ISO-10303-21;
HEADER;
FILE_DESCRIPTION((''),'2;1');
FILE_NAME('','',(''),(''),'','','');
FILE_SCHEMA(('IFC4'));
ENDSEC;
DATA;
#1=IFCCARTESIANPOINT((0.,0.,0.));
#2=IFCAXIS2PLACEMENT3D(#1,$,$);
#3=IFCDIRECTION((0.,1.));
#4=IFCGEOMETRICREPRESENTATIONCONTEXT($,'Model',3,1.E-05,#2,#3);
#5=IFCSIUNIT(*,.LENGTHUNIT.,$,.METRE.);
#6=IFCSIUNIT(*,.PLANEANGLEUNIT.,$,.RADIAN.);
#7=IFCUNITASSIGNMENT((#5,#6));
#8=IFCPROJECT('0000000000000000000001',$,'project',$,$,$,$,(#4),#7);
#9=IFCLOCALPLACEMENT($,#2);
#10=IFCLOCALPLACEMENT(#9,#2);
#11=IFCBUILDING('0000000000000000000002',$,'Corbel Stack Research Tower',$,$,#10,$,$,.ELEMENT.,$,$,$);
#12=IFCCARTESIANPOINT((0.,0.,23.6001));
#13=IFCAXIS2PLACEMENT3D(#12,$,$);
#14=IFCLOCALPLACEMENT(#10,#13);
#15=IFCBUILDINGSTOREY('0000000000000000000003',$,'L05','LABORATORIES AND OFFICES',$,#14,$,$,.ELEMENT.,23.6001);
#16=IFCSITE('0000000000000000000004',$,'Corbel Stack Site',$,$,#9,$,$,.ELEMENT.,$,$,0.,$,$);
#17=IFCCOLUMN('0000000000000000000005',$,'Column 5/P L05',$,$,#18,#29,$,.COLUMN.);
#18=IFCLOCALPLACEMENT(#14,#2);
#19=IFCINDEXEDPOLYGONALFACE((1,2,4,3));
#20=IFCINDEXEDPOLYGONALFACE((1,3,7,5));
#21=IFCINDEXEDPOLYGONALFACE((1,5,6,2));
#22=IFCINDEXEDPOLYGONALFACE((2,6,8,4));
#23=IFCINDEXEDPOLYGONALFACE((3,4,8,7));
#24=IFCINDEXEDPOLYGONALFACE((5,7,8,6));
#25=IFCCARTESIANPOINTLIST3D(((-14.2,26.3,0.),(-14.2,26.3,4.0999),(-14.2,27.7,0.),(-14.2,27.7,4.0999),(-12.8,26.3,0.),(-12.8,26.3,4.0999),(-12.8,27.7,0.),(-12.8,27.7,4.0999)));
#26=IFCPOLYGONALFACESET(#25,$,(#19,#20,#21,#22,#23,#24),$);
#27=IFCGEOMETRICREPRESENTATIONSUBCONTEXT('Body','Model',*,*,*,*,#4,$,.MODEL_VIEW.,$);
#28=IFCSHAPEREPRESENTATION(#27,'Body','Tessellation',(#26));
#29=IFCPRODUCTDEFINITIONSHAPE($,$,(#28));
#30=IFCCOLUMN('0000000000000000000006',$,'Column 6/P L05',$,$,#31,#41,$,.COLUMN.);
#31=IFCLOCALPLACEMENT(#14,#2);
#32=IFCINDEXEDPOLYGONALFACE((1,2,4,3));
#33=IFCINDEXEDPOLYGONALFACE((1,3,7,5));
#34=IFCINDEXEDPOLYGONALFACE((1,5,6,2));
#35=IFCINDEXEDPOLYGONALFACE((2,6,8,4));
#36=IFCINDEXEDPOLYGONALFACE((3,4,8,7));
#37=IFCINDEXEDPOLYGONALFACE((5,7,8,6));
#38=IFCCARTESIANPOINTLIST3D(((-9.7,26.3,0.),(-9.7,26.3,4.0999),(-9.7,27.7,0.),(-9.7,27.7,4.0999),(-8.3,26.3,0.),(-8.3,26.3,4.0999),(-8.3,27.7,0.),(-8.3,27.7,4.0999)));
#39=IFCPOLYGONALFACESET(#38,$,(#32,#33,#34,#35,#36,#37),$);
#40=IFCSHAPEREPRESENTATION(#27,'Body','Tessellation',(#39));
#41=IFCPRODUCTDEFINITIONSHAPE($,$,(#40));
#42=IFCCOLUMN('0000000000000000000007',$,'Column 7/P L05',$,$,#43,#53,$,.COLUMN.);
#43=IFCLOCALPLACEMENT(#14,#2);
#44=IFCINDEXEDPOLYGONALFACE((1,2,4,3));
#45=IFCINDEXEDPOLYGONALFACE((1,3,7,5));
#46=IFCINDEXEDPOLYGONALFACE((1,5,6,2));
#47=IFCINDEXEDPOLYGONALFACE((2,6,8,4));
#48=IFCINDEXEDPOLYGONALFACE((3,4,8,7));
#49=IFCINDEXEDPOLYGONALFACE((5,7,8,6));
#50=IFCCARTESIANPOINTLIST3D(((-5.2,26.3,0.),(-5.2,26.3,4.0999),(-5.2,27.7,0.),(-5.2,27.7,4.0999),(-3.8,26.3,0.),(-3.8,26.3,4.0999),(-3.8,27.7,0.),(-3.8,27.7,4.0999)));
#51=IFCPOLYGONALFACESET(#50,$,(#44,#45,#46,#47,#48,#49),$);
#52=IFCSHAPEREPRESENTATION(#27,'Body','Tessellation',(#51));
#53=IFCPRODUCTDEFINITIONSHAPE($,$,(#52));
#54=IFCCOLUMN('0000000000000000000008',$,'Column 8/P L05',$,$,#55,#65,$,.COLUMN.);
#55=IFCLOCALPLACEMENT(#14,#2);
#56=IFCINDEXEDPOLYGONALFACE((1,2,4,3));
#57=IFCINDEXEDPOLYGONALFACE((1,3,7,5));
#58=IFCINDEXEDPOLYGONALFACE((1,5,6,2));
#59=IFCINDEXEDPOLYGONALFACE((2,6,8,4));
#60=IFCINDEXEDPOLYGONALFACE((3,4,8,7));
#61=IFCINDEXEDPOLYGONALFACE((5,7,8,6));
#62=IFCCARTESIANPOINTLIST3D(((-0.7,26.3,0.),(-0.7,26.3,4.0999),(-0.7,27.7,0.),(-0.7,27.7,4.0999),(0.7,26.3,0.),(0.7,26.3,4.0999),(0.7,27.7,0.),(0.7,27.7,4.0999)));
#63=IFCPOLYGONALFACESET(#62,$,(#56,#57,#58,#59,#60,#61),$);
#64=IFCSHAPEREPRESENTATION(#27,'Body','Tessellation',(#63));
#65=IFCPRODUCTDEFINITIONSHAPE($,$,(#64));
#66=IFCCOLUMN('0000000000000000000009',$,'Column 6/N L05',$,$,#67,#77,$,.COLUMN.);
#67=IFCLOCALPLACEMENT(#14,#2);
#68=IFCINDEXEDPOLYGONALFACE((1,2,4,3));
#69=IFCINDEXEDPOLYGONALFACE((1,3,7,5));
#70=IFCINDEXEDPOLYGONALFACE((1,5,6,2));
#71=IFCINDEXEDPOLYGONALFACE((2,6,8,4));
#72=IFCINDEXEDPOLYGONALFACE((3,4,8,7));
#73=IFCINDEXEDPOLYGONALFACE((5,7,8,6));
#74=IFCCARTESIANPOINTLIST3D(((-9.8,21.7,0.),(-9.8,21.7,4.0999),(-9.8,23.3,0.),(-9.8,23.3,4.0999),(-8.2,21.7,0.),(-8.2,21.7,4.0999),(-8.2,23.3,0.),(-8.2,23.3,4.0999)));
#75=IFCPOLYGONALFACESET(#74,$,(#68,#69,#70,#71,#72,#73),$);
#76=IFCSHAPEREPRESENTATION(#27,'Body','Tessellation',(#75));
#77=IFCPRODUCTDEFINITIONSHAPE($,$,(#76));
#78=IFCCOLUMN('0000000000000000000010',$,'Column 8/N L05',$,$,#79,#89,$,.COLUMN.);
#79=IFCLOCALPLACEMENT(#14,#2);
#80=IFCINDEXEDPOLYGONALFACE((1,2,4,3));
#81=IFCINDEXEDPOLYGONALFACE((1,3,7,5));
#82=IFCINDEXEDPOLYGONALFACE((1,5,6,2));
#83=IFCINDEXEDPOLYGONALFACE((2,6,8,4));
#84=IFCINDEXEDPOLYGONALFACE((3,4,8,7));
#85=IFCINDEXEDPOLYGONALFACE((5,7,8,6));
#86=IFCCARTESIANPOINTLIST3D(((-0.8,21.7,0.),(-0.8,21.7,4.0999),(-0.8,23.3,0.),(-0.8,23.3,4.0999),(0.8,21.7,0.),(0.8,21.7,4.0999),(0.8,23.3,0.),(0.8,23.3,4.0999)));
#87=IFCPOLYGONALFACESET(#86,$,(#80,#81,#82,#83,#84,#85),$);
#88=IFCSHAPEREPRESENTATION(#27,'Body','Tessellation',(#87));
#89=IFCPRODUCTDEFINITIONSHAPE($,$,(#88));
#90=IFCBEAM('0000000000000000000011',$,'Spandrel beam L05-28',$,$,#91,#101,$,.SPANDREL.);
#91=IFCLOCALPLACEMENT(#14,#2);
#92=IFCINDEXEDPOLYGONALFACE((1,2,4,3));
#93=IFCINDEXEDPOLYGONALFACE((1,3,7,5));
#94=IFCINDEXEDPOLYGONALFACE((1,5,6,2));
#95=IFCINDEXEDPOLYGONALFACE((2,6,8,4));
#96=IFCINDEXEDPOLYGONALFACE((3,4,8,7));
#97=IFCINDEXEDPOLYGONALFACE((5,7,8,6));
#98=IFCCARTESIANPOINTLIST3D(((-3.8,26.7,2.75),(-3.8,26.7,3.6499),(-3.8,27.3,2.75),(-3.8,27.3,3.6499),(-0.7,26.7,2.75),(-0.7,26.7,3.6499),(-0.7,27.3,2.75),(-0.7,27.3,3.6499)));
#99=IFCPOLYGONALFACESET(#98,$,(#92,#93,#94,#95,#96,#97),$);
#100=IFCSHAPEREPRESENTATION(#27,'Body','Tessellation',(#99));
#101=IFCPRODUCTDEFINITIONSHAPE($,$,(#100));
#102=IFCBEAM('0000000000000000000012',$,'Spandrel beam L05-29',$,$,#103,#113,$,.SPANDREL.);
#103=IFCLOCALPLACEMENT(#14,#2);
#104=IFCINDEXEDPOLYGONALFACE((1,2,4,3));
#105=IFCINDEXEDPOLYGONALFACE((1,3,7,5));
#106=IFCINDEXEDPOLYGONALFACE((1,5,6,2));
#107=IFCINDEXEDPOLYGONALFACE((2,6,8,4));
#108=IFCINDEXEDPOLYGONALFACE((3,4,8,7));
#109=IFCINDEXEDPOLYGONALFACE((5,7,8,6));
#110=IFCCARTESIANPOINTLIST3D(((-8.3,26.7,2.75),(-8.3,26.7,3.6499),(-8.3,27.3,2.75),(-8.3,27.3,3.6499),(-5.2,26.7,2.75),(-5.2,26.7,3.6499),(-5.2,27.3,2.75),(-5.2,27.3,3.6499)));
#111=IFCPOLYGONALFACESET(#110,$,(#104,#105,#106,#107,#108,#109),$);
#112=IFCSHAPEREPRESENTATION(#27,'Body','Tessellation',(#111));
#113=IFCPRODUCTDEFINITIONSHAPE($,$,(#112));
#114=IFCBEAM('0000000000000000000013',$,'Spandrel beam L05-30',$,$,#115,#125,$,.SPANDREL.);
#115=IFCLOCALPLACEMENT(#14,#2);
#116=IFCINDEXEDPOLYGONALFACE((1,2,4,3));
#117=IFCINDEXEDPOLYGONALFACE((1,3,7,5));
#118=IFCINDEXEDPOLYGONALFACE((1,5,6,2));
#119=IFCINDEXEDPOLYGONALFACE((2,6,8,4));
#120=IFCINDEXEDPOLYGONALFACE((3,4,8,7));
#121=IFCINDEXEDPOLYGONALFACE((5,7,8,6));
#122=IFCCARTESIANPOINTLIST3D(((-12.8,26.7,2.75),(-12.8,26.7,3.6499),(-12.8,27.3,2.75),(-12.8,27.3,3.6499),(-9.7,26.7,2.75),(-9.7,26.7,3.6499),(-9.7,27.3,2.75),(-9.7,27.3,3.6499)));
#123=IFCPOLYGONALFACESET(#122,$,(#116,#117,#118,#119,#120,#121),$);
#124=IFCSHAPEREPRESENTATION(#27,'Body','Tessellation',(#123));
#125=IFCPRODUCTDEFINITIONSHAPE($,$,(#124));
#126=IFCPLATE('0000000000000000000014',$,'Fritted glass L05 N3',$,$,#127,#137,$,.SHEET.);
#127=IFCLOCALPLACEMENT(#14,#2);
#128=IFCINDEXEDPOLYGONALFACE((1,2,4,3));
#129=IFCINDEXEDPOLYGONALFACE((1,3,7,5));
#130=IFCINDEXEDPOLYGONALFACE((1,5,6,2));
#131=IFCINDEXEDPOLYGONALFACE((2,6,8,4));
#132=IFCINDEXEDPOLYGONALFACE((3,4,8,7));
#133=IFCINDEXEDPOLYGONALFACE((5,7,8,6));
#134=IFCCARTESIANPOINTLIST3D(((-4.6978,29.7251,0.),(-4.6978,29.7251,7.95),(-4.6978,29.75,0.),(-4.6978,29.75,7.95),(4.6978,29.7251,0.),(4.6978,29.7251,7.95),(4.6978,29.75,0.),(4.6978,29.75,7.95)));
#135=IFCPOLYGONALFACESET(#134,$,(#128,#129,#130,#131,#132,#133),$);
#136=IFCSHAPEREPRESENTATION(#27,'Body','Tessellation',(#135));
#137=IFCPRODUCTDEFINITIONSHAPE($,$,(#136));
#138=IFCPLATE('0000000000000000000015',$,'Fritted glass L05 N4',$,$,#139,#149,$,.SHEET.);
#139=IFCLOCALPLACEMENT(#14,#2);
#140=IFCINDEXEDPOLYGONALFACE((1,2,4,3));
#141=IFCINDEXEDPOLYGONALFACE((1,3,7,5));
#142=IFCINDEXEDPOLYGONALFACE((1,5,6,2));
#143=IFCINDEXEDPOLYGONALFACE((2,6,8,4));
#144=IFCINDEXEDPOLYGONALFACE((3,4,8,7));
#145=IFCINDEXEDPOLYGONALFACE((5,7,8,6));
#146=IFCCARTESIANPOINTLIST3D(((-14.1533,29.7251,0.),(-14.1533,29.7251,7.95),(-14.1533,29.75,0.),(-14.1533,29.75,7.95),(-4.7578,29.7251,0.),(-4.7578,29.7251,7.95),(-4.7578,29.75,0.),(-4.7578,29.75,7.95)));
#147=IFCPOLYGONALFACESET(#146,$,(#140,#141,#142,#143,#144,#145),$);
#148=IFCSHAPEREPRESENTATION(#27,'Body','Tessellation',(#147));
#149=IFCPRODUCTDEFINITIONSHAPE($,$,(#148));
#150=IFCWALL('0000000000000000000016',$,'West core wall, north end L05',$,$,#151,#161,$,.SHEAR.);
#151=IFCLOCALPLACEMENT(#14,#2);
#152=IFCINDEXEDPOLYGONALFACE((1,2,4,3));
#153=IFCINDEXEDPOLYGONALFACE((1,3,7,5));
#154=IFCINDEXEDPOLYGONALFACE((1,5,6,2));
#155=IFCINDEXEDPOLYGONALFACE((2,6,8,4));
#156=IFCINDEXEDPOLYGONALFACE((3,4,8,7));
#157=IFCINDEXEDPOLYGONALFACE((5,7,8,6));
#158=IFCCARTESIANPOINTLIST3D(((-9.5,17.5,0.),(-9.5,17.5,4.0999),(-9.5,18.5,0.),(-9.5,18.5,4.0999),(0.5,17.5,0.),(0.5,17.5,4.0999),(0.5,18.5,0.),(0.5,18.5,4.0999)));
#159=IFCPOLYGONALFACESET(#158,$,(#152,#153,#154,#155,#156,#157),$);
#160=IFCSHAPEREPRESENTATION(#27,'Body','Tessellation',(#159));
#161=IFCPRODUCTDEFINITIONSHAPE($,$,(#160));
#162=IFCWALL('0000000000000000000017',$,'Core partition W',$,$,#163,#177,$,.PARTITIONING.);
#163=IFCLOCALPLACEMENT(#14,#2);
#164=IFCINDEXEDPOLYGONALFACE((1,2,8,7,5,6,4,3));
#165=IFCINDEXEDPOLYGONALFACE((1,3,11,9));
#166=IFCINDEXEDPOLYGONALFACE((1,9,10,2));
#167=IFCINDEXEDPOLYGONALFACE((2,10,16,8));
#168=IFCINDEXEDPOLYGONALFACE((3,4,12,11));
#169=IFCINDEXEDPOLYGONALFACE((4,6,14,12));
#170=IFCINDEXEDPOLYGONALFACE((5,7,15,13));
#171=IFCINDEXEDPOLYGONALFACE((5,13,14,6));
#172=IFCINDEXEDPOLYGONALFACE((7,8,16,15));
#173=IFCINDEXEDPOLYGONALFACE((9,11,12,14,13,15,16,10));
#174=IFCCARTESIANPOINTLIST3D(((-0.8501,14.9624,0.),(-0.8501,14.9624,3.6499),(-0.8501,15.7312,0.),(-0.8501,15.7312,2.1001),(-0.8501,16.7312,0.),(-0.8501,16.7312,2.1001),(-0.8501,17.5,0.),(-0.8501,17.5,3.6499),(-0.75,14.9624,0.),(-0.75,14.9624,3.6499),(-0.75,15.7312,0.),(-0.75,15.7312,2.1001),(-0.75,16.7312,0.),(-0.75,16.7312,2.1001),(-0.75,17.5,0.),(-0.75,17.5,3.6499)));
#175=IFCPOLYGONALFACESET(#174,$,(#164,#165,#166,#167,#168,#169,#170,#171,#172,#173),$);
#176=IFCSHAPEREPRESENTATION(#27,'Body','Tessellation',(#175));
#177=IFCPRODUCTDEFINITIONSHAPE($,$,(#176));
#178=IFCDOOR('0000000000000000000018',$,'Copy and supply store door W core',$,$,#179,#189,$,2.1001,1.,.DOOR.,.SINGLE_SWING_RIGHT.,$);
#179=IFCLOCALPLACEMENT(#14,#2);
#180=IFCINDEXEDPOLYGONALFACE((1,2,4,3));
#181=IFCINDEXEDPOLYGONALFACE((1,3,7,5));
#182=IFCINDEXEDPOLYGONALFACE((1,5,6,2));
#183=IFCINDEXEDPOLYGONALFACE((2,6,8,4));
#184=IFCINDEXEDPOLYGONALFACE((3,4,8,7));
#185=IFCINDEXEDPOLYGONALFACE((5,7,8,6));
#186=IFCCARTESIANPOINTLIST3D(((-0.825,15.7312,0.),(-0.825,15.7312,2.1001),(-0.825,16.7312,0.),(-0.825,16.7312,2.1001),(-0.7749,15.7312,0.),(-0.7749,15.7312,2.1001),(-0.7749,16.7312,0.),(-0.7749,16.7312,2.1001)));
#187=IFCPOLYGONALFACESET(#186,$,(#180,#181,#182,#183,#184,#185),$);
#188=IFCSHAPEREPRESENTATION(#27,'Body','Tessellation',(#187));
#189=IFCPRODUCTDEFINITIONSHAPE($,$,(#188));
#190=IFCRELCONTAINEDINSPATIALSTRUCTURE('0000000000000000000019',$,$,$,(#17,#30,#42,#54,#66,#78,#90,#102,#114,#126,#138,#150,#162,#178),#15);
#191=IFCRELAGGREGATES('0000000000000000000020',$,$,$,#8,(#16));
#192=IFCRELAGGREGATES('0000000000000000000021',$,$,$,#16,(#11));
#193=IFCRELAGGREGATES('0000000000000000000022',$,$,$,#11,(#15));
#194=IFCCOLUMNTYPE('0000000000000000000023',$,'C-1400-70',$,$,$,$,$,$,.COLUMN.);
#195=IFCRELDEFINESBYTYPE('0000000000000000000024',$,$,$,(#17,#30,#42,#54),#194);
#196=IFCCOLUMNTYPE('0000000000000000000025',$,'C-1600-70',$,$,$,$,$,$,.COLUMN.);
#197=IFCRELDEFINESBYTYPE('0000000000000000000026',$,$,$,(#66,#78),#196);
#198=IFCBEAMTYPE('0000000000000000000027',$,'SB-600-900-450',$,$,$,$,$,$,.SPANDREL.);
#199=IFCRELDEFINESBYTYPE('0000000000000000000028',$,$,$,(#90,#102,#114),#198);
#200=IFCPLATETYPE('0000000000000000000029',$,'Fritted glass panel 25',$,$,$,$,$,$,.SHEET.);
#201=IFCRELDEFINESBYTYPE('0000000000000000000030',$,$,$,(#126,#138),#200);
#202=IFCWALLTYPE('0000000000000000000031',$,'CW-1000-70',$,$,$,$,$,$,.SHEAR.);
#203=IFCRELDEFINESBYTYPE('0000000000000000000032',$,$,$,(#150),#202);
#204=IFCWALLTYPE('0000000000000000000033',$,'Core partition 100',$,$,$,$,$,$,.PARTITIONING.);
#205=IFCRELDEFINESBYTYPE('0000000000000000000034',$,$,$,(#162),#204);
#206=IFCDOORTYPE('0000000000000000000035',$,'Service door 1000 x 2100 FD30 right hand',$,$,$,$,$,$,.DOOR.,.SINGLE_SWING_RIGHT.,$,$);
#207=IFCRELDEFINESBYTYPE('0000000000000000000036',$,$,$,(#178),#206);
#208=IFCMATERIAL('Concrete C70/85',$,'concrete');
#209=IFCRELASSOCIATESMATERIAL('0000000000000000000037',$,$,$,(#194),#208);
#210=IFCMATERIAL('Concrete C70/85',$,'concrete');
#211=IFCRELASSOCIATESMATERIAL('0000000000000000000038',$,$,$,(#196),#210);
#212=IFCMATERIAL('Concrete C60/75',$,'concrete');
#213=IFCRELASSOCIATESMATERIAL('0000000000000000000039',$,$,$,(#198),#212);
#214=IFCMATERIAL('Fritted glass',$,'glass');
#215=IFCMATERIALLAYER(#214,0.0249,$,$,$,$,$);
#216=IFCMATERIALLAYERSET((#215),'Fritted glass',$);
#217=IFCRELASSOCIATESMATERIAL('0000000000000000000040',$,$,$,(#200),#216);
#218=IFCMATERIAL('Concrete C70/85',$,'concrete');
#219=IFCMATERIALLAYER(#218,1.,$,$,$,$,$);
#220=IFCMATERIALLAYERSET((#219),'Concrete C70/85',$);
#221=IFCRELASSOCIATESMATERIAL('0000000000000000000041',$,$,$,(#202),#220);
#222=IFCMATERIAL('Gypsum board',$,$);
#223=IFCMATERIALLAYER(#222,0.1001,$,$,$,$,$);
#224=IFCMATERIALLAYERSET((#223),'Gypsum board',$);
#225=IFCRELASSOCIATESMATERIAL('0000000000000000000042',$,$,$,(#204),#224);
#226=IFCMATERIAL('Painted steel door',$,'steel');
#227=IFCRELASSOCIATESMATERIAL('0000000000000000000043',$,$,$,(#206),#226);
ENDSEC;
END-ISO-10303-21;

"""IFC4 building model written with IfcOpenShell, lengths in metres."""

from ifc_helpers import new_model, si_unit, direction, frame, frame_2d, origin, origin_2d, place, context, subcontext, project, spatial, rectangle, extrude, material, layer, layer_set, material_profile, profile_set, type_object, element, fill, save


model = new_model("IFC4")

# Units and contexts
model_context = context("Model", 3, precision=1e-05, world=origin(), true_north=direction((0.0, 1.0)))
body_context = subcontext(model_context, "Body", "Model", "MODEL_VIEW")
ifc_project = project(units=[si_unit("LENGTHUNIT", "METRE"), si_unit("PLANEANGLEUNIT", "RADIAN")], contexts=[model_context])

# Site, building, storey
site_placement = place(None, origin())
site = spatial("IfcSite", under=ifc_project, at=site_placement, Name="Corbel Stack Site", CompositionType="ELEMENT", RefElevation=0.0)
building_placement = place(site_placement, origin())
building = spatial("IfcBuilding", under=site, at=building_placement, Name="Corbel Stack Research Tower", CompositionType="ELEMENT")
storey_placement = place(building_placement, frame((0.0, 0.0, 23.6001)))
storey = spatial("IfcBuildingStorey", under=building, at=storey_placement, Name="L05", Description="LABORATORIES AND OFFICES", CompositionType="ELEMENT", Elevation=23.6001)

# Columns
ifc_material_1 = material(Name="Concrete C70/85", Category="concrete")
ifc_material_profile_1 = material_profile(ifc_material_1, rectangle(XDim=1.3999, YDim=1.3999, at=origin_2d()), Name="RC 1400 x 1400")
ifc_profile_set_1 = profile_set([ifc_material_profile_1], Name="Concrete C70/85")
column_type_1 = type_object("IfcColumnType", Name="C-1400-70", PredefinedType="COLUMN", material=ifc_profile_set_1)
for number, where, z_axis, x_axis, name in (
    (1, (-13.5, 27.0, 0.0), (0.0, 0.0, 1.0), (1.0, 0.0, 0.0), "Column 5/P L05"),
    (2, (-9.0, 27.0, 0.0), (0.0, 0.0, 1.0), (1.0, 0.0, 0.0), "Column 6/P L05"),
    (3, (-4.5, 27.0, 0.0), (0.0, 0.0, 1.0), (1.0, 0.0, 0.0), "Column 7/P L05"),
    (4, (0.0, 27.0, 0.0), (0.0, 0.0, 1.0), (1.0, 0.0, 0.0), "Column 8/P L05"),
):
    element("IfcColumn", number, at=place(storey_placement, frame(where, z_axis=z_axis, x_axis=x_axis)), inside=storey, type_object=column_type_1, Name=name, PredefinedType="COLUMN", context=body_context, shape_type="SweptSolid", body=[
        extrude(rectangle(XDim=1.3999, YDim=1.3999, at=origin_2d()), origin(), (0.0, 0.0, 1.0), 4.0999),
    ])
ifc_material_2 = material(Name="Concrete C70/85", Category="concrete")
ifc_material_profile_2 = material_profile(ifc_material_2, rectangle(XDim=1.6001, YDim=1.6001, at=origin_2d()), Name="RC 1600 x 1600")
ifc_profile_set_2 = profile_set([ifc_material_profile_2], Name="Concrete C70/85")
column_type_2 = type_object("IfcColumnType", Name="C-1600-70", PredefinedType="COLUMN", material=ifc_profile_set_2)
for number, where, z_axis, x_axis, name in (
    (5, (-9.0, 22.5, 0.0), (0.0, 0.0, 1.0), (1.0, 0.0, 0.0), "Column 6/N L05"),
    (6, (0.0, 22.5, 0.0), (0.0, 0.0, 1.0), (1.0, 0.0, 0.0), "Column 8/N L05"),
):
    element("IfcColumn", number, at=place(storey_placement, frame(where, z_axis=z_axis, x_axis=x_axis)), inside=storey, type_object=column_type_2, Name=name, PredefinedType="COLUMN", context=body_context, shape_type="SweptSolid", body=[
        extrude(rectangle(XDim=1.6001, YDim=1.6001, at=origin_2d()), origin(), (0.0, 0.0, 1.0), 4.0999),
    ])

# Beams
ifc_material_3 = material(Name="Concrete C60/75", Category="concrete")
ifc_material_profile_3 = material_profile(ifc_material_3, rectangle(XDim=0.6001, YDim=0.8999, at=origin_2d()), Name="RC 600 x 900")
ifc_profile_set_3 = profile_set([ifc_material_profile_3], Name="Concrete C60/75")
beam_type = type_object("IfcBeamType", Name="SB-600-900-450", PredefinedType="SPANDREL", material=ifc_profile_set_3)
for number, where, z_axis, x_axis, name in (
    (7, (-0.7, 27.0, 3.2), (-1.0, 0.0, 0.0), (0.0, -1.0, 0.0), "Spandrel beam L05-28"),
    (8, (-5.2, 27.0, 3.2), (-1.0, 0.0, 0.0), (0.0, -1.0, 0.0), "Spandrel beam L05-29"),
    (9, (-9.7, 27.0, 3.2), (-1.0, 0.0, 0.0), (0.0, -1.0, 0.0), "Spandrel beam L05-30"),
):
    element("IfcBeam", number, at=place(storey_placement, frame(where, z_axis=z_axis, x_axis=x_axis)), inside=storey, type_object=beam_type, Name=name, PredefinedType="SPANDREL", context=body_context, shape_type="SweptSolid", body=[
        extrude(rectangle(XDim=0.6001, YDim=0.8999, at=origin_2d()), origin(), (0.0, 0.0, 1.0), 3.1001),
    ])

# Plates
ifc_material_4 = material(Name="Fritted glass", Category="glass")
ifc_layer_1 = layer(ifc_material_4, 0.0249)
ifc_layer_set_1 = layer_set([ifc_layer_1], Name="Fritted glass")
plate_type = type_object("IfcPlateType", Name="Fritted glass panel 25", PredefinedType="SHEET", material=ifc_layer_set_1)
for number, where, z_axis, x_axis, name in (
    (10, (0.0, 29.7375, 0.0), (0.0, 0.0, 1.0), (-1.0, 0.0, 0.0), "Fritted glass L05 N3"),
    (11, (-9.4556, 29.7375, 0.0), (0.0, 0.0, 1.0), (-1.0, 0.0, 0.0), "Fritted glass L05 N4"),
):
    element("IfcPlate", number, at=place(storey_placement, frame(where, z_axis=z_axis, x_axis=x_axis)), inside=storey, type_object=plate_type, Name=name, PredefinedType="SHEET", context=body_context, shape_type="SweptSolid", body=[
        extrude(rectangle(XDim=9.3955, YDim=0.0249, at=origin_2d()), origin(), (0.0, 0.0, 1.0), 7.95),
    ])

# Wall
ifc_material_5 = material(Name="Concrete C70/85", Category="concrete")
ifc_layer_2 = layer(ifc_material_5, 1.0)
ifc_layer_set_2 = layer_set([ifc_layer_2], Name="Concrete C70/85")
wall_type_1 = type_object("IfcWallType", Name="CW-1000-70", PredefinedType="SHEAR", material=ifc_layer_set_2)
wall_1_placement = place(storey_placement, frame((-9.5, 18.0, 0.0), z_axis=(0.0, 0.0, 1.0), x_axis=(1.0, 0.0, 0.0)))
element("IfcWall", 12, at=wall_1_placement, inside=storey, type_object=wall_type_1, Name="West core wall, north end L05", PredefinedType="SHEAR", context=body_context, shape_type="SweptSolid", body=[
    extrude(rectangle(XDim=10.0, YDim=1.0, at=frame_2d((5.0, 0.0))), origin(), (0.0, 0.0, 1.0), 4.0999),
])

# Wall, opening, door
ifc_material_6 = material(Name="Gypsum board")
ifc_layer_3 = layer(ifc_material_6, 0.1001)
ifc_layer_set_3 = layer_set([ifc_layer_3], Name="Gypsum board")
wall_type_2 = type_object("IfcWallType", Name="Core partition 100", PredefinedType="PARTITIONING", material=ifc_layer_set_3)
wall_2_placement = place(storey_placement, frame((-0.8, 14.9624, 0.0), z_axis=(0.0, 0.0, 1.0), x_axis=(0.0, 1.0, 0.0)))
wall_2 = element("IfcWall", 13, at=wall_2_placement, inside=storey, type_object=wall_type_2, Name="Core partition W", PredefinedType="PARTITIONING", context=body_context, shape_type="SweptSolid", body=[
    extrude(rectangle(XDim=2.5376, YDim=0.1001, at=frame_2d((1.2688, 0.0))), origin(), (0.0, 0.0, 1.0), 3.6499),
])
opening_1_placement = place(wall_2_placement, frame((0.7688, 0.0, 0.0)))
opening_1 = element("IfcOpeningElement", 14, at=opening_1_placement, cuts=wall_2, PredefinedType="OPENING", context=body_context, shape_type="SweptSolid", body=[
    extrude(rectangle(XDim=1.0, YDim=2.1001, at=frame_2d((0.5, 1.05))), frame((0.0, 0.0601, 0.0), z_axis=(0.0, -1.0, 0.0), x_axis=(1.0, 0.0, 0.0)), (0.0, 0.0, 1.0), 0.1201),
])
ifc_material_7 = material(Name="Painted steel door", Category="steel")
door_type = type_object("IfcDoorType", Name="Service door 1000 x 2100 FD30 right hand", OperationType="SINGLE_SWING_RIGHT", PredefinedType="DOOR", material=ifc_material_7)
door_placement = place(opening_1_placement, origin())
door = element("IfcDoor", 15, at=door_placement, inside=storey, type_object=door_type, Name="Copy and supply store door W core", OperationType="SINGLE_SWING_RIGHT", OverallHeight=2.1001, OverallWidth=1.0, PredefinedType="DOOR", context=body_context, shape_type="SweptSolid", body=[
    extrude(rectangle(XDim=1.0, YDim=2.1001, at=frame_2d((0.5, 1.05))), frame((0.0, 0.0249, 0.0), z_axis=(0.0, -1.0, 0.0), x_axis=(1.0, 0.0, 0.0)), (0.0, 0.0, 1.0), 0.05),
])
fill(opening_1, door)

save(model, "model.ifc")
